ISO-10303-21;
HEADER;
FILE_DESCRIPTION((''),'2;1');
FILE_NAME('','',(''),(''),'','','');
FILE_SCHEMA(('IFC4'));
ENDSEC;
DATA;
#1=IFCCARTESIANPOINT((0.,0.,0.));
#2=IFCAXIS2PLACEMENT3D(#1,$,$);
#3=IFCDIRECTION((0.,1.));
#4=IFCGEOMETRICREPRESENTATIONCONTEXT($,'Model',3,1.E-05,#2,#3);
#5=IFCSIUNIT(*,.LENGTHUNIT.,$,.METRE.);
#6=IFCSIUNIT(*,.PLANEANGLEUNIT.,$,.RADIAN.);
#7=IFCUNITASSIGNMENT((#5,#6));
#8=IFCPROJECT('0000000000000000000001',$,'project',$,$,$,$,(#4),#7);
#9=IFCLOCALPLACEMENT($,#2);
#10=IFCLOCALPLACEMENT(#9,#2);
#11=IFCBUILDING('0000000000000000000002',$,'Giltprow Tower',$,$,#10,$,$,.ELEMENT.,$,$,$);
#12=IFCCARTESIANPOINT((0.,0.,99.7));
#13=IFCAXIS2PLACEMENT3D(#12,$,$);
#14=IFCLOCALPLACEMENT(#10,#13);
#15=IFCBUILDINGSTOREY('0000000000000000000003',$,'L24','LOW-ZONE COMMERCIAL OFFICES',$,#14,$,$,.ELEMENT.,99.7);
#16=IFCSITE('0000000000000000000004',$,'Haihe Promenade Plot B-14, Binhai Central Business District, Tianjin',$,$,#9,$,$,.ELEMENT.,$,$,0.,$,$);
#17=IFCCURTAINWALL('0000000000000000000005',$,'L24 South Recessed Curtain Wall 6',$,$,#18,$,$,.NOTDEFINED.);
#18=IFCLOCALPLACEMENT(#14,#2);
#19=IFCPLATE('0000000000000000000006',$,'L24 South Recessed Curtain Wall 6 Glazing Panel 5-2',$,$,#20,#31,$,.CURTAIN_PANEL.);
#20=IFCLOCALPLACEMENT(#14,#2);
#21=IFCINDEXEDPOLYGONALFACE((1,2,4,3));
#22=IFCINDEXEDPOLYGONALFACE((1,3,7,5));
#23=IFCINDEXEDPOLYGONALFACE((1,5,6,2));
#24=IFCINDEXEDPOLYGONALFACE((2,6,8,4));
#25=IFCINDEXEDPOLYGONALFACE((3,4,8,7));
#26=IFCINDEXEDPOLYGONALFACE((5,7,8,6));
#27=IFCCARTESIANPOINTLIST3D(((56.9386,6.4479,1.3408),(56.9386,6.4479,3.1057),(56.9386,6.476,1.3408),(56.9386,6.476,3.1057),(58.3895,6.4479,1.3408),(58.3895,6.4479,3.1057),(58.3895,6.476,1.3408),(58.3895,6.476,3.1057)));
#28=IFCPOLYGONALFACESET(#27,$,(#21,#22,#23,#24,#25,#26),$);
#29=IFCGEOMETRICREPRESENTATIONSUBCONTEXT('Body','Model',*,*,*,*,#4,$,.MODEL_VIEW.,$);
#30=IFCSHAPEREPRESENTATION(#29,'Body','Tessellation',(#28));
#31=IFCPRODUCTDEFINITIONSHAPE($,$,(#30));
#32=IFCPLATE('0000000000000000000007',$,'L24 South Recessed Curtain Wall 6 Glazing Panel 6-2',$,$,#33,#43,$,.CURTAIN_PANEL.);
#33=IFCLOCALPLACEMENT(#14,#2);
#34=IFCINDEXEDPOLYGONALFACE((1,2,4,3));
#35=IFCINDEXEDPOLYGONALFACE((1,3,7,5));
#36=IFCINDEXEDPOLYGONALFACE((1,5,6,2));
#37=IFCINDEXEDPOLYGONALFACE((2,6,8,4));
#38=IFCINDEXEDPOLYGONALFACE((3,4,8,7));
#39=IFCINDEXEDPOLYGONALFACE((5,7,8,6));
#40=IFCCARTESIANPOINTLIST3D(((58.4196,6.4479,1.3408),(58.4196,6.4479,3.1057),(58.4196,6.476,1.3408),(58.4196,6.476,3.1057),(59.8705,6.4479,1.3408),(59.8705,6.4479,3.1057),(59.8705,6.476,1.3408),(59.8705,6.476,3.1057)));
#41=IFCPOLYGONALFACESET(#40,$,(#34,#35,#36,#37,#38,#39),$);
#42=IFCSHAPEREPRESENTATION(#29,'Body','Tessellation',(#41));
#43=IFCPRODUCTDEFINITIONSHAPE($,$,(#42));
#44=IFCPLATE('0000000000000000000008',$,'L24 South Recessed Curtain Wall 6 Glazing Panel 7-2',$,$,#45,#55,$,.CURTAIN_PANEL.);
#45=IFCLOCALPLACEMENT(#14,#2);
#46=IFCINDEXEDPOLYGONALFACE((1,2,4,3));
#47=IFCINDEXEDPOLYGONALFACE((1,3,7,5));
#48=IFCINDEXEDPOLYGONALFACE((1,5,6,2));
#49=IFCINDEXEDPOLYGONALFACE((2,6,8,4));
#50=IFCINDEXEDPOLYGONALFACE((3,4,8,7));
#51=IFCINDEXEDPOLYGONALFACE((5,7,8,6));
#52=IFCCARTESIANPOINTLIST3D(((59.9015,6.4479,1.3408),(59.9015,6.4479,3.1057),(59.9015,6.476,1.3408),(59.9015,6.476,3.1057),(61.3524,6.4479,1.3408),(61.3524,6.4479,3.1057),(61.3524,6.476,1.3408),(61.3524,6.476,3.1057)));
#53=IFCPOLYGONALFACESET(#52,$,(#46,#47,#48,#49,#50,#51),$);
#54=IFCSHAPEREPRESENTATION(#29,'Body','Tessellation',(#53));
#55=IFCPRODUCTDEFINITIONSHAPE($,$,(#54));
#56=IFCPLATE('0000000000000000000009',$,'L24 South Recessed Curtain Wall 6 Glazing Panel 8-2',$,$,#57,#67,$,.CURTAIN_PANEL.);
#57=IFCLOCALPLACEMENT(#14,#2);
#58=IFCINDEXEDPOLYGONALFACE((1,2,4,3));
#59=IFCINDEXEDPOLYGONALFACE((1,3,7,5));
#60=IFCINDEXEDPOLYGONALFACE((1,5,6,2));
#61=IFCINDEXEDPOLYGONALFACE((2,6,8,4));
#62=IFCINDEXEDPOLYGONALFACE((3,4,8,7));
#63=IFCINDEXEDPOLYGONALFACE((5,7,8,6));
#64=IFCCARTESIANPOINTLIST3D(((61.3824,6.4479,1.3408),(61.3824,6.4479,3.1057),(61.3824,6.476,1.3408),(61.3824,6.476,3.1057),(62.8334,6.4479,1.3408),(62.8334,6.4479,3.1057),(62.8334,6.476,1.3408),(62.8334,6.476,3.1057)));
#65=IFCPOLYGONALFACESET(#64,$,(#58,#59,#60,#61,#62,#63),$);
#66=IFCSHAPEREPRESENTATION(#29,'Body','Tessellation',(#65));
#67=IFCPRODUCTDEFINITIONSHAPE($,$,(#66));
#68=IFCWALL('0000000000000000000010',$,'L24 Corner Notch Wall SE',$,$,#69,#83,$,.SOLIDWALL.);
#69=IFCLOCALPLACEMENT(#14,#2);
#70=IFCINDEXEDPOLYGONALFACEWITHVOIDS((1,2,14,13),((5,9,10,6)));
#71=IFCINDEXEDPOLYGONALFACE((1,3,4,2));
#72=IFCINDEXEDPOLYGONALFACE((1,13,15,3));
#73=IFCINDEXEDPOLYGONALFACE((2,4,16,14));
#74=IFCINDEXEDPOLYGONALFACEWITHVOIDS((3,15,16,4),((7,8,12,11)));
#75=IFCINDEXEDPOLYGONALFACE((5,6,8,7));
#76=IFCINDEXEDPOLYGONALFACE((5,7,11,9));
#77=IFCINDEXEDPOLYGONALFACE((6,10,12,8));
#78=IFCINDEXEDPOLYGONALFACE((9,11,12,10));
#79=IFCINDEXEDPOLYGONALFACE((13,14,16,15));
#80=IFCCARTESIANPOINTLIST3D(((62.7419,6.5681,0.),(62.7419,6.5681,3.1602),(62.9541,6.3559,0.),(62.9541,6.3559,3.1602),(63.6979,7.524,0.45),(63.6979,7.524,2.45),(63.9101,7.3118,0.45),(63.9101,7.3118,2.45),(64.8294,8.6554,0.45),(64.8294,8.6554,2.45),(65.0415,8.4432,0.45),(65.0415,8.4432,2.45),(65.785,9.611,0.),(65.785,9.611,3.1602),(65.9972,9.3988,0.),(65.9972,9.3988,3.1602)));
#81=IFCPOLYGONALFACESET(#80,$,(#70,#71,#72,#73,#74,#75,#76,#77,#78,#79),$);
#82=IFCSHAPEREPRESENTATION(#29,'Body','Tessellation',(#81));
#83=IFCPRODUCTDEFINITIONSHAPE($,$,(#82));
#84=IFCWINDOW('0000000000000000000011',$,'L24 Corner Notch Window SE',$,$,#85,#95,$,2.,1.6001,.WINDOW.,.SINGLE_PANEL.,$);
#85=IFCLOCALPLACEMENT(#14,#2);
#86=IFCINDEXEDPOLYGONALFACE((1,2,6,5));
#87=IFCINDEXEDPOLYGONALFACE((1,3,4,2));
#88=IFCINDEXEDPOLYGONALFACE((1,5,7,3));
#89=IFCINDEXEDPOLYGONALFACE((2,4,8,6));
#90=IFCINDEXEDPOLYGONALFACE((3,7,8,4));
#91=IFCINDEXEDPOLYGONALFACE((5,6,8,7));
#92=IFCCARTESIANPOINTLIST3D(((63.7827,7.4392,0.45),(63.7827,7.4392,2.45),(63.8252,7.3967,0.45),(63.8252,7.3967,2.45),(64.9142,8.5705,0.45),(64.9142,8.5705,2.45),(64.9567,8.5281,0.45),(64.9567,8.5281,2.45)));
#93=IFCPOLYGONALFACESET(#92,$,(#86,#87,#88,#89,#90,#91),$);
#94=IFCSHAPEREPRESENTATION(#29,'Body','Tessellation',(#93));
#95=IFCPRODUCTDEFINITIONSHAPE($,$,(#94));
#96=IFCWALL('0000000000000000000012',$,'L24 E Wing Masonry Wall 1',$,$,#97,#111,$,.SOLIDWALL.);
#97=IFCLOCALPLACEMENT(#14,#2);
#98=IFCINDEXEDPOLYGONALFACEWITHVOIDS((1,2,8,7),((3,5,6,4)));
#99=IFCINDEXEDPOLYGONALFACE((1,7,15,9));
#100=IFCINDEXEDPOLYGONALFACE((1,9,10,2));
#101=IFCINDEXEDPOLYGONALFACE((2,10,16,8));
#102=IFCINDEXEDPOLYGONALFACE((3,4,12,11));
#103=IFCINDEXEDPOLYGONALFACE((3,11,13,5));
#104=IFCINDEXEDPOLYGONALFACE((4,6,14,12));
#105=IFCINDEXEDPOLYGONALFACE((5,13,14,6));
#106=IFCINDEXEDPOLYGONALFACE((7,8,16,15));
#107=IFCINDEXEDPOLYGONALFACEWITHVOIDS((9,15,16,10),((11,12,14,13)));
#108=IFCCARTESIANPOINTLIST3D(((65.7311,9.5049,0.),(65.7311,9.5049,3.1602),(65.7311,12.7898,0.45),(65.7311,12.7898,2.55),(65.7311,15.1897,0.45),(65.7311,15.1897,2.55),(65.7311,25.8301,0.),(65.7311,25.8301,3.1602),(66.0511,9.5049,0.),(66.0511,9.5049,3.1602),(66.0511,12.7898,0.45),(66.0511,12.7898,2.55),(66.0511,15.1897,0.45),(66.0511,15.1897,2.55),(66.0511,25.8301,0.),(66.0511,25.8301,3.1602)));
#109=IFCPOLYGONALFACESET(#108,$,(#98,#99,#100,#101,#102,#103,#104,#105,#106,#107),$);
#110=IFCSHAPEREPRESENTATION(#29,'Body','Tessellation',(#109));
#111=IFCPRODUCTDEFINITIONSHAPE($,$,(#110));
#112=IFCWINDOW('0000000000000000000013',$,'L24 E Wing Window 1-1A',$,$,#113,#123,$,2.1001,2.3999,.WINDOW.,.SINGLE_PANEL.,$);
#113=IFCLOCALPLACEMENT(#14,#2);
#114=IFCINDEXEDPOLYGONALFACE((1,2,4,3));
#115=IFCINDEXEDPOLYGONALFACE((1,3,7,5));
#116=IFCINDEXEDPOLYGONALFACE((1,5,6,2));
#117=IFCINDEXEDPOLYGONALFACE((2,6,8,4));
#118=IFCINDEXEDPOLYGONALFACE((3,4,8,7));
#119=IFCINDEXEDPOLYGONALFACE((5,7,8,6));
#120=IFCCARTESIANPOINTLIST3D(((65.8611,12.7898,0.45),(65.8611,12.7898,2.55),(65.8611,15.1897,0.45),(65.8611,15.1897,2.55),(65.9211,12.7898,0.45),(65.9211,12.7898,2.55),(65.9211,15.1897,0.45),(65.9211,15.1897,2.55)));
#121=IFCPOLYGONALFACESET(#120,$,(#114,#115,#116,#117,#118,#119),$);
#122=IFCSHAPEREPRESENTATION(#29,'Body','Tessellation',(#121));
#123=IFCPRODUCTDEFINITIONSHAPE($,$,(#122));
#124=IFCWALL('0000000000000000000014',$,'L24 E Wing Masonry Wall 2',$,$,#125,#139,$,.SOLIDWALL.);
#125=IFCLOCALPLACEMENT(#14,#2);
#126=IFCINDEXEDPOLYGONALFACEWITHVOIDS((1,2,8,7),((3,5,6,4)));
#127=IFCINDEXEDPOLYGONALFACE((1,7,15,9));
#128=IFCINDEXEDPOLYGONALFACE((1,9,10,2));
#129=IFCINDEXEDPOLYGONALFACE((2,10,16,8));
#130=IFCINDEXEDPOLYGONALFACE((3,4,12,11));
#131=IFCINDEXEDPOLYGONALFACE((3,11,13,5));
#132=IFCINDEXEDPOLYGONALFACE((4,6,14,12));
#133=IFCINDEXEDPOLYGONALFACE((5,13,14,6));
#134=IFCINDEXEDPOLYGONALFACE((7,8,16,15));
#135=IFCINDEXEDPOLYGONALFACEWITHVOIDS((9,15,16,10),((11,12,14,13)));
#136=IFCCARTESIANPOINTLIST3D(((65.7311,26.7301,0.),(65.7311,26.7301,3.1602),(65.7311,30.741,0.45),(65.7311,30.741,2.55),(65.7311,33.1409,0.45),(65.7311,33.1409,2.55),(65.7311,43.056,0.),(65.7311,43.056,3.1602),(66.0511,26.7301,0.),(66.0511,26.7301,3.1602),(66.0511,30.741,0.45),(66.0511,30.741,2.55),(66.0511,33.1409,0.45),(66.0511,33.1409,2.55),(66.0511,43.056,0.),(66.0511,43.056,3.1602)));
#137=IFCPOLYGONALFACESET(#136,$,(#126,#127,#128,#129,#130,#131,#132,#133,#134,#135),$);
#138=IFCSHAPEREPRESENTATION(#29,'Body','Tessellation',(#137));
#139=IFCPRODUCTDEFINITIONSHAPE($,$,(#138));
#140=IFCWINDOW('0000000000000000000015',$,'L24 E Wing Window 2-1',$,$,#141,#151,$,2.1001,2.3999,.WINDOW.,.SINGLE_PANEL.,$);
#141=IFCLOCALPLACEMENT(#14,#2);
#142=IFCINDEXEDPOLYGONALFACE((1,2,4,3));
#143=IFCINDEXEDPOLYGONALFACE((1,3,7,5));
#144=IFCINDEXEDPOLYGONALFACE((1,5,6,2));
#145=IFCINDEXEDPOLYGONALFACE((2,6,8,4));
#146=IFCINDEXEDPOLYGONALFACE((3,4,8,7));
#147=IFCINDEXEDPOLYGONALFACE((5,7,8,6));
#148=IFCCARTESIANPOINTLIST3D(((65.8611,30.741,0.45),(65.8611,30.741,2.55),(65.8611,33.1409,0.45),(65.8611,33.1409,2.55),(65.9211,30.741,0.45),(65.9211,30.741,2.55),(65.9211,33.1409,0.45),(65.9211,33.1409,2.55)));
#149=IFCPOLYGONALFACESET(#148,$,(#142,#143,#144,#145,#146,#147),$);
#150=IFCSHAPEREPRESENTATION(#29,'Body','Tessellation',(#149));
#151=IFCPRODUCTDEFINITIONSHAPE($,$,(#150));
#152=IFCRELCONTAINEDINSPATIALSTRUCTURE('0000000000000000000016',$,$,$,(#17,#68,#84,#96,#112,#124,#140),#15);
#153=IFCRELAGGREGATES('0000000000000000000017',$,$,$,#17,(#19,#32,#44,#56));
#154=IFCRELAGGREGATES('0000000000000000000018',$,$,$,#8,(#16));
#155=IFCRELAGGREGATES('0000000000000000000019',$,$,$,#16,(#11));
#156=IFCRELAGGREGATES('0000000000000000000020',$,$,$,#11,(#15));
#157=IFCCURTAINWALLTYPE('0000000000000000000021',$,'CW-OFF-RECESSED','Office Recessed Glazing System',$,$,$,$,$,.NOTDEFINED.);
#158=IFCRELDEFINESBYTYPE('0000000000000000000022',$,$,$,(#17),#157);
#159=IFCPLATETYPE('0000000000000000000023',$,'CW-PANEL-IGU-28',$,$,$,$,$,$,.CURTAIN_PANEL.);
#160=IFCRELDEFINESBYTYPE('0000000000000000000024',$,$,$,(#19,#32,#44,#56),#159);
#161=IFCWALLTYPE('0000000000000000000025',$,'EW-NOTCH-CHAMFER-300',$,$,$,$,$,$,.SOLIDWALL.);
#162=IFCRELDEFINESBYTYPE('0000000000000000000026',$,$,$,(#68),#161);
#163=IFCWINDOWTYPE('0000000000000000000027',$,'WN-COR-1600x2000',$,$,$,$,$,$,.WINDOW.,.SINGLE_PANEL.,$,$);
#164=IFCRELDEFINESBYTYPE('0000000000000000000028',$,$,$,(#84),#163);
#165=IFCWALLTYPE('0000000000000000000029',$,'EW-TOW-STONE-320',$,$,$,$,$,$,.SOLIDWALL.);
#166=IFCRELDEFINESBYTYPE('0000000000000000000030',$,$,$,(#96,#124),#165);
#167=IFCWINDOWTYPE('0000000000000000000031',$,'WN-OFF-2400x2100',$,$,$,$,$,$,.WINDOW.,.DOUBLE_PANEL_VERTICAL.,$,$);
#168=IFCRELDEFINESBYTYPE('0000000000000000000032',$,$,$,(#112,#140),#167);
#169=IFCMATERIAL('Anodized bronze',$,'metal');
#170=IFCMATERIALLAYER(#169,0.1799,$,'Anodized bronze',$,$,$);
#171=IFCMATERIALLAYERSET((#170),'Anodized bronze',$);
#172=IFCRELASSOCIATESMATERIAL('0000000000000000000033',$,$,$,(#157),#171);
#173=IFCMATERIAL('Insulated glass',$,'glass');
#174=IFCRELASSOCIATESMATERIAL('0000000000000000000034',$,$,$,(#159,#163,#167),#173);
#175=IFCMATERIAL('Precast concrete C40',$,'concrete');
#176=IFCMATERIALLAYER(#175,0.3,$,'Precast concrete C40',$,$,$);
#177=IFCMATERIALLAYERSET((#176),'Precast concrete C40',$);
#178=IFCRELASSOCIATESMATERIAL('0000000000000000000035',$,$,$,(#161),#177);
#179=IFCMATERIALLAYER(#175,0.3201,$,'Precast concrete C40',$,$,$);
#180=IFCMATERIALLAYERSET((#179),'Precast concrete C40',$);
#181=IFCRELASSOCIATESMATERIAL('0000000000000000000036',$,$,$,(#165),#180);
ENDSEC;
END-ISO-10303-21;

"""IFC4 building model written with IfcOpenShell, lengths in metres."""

from ifc_helpers import new_model, si_unit, direction, frame, frame_2d, origin, origin_2d, place, context, subcontext, project, spatial, rectangle, extrude, source, transform, mapped, material, layer, layer_set, type_object, element, fill, aggregate, save


model = new_model("IFC4")

# Units and contexts
model_context = context("Model", 3, precision=1e-05, world=origin(), true_north=direction((0.0, 1.0)))
body_context = subcontext(model_context, "Body", "Model", "MODEL_VIEW")
ifc_project = project(units=[si_unit("LENGTHUNIT", "METRE"), si_unit("PLANEANGLEUNIT", "RADIAN")], contexts=[model_context])

# Site, building, storey
site_placement = place(None, origin())
site = spatial("IfcSite", under=ifc_project, at=site_placement, Name="Haihe Promenade Plot B-14, Binhai Central Business District, Tianjin", CompositionType="ELEMENT", RefElevation=0.0)
building_placement = place(site_placement, origin())
building = spatial("IfcBuilding", under=site, at=building_placement, Name="Giltprow Tower", CompositionType="ELEMENT")
storey_placement = place(building_placement, frame((0.0, 0.0, 99.7)))
storey = spatial("IfcBuildingStorey", under=building, at=storey_placement, Name="L24", Description="LOW-ZONE COMMERCIAL OFFICES", CompositionType="ELEMENT", Elevation=99.7)

# Curtain wall, plates
ifc_material_1 = material(Name="Anodized bronze", Category="metal")
ifc_layer_1 = layer(ifc_material_1, 0.1799, Name="Anodized bronze")
ifc_layer_set_1 = layer_set([ifc_layer_1], Name="Anodized bronze")
curtain_wall_type = type_object("IfcCurtainWallType", Name="CW-OFF-RECESSED", Description="Office Recessed Glazing System", PredefinedType="NOTDEFINED", material=ifc_layer_set_1)
curtain_wall_placement = place(storey_placement, origin())
curtain_wall = element("IfcCurtainWall", 1, at=curtain_wall_placement, inside=storey, type_object=curtain_wall_type, Name="L24 South Recessed Curtain Wall 6", PredefinedType="NOTDEFINED")
ifc_material_2 = material(Name="Insulated glass", Category="glass")
plate_type = type_object("IfcPlateType", Name="CW-PANEL-IGU-28", PredefinedType="CURTAIN_PANEL", material=ifc_material_2)
shared_shape_1 = source(origin(), body_context, "Body", "SweptSolid", [
    extrude(rectangle(XDim=1.4509, YDim=0.0281, at=origin_2d()), origin(), (0.0, 0.0, 1.0), 1.7649),
])
plate_1_placement = place(storey_placement, frame((57.6641, 6.4619, 1.3408), z_axis=(0.0, 0.0, 1.0), x_axis=(1.0, 0.0, 0.0)))
plate_1 = element("IfcPlate", 2, at=plate_1_placement, type_object=plate_type, Name="L24 South Recessed Curtain Wall 6 Glazing Panel 5-2", PredefinedType="CURTAIN_PANEL", context=body_context, shape_type="MappedRepresentation", body=[
    mapped(shared_shape_1, transform((0.0, 0.0, 0.0), x_axis=(1.0, 0.0, 0.0), y_axis=(0.0, 1.0, 0.0), z_axis=(0.0, 0.0, 1.0), scale=1.0)),
])
plate_2_placement = place(storey_placement, frame((59.145, 6.4619, 1.3408), z_axis=(0.0, 0.0, 1.0), x_axis=(1.0, 0.0, 0.0)))
plate_2 = element("IfcPlate", 3, at=plate_2_placement, type_object=plate_type, Name="L24 South Recessed Curtain Wall 6 Glazing Panel 6-2", PredefinedType="CURTAIN_PANEL", context=body_context, shape_type="MappedRepresentation", body=[
    mapped(shared_shape_1, transform((0.0, 0.0, 0.0), x_axis=(1.0, 0.0, 0.0), y_axis=(0.0, 1.0, 0.0), z_axis=(0.0, 0.0, 1.0), scale=1.0)),
])
plate_3_placement = place(storey_placement, frame((60.627, 6.4619, 1.3408), z_axis=(0.0, 0.0, 1.0), x_axis=(1.0, 0.0, 0.0)))
plate_3 = element("IfcPlate", 4, at=plate_3_placement, type_object=plate_type, Name="L24 South Recessed Curtain Wall 6 Glazing Panel 7-2", PredefinedType="CURTAIN_PANEL", context=body_context, shape_type="MappedRepresentation", body=[
    mapped(shared_shape_1, transform((0.0, 0.0, 0.0), x_axis=(1.0, 0.0, 0.0), y_axis=(0.0, 1.0, 0.0), z_axis=(0.0, 0.0, 1.0), scale=1.0)),
])
plate_4_placement = place(storey_placement, frame((62.1079, 6.4619, 1.3408), z_axis=(0.0, 0.0, 1.0), x_axis=(1.0, 0.0, 0.0)))
plate_4 = element("IfcPlate", 5, at=plate_4_placement, type_object=plate_type, Name="L24 South Recessed Curtain Wall 6 Glazing Panel 8-2", PredefinedType="CURTAIN_PANEL", context=body_context, shape_type="MappedRepresentation", body=[
    mapped(shared_shape_1, transform((0.0, 0.0, 0.0), x_axis=(1.0, 0.0, 0.0), y_axis=(0.0, 1.0, 0.0), z_axis=(0.0, 0.0, 1.0), scale=1.0)),
])
aggregate(curtain_wall, [plate_1, plate_2, plate_3, plate_4])

# Walls, openings, windows
ifc_material_3 = material(Name="Precast concrete C40", Category="concrete")
ifc_layer_2 = layer(ifc_material_3, 0.3, Name="Precast concrete C40")
ifc_layer_set_2 = layer_set([ifc_layer_2], Name="Precast concrete C40")
wall_type_1 = type_object("IfcWallType", Name="EW-NOTCH-CHAMFER-300", PredefinedType="SOLIDWALL", material=ifc_layer_set_2)
wall_1_placement = place(storey_placement, frame((62.8479, 6.4619, 0.0), z_axis=(0.0, 0.0, 1.0), x_axis=(0.707135, 0.707078, 0.0)))
wall_1 = element("IfcWall", 6, at=wall_1_placement, inside=storey, type_object=wall_type_1, Name="L24 Corner Notch Wall SE", PredefinedType="SOLIDWALL", context=body_context, shape_type="SweptSolid", body=[
    extrude(rectangle(XDim=4.3035, YDim=0.3, at=frame_2d((2.1519, 0.0))), origin(), (0.0, 0.0, 1.0), 3.1602),
])
opening_1_placement = place(wall_1_placement, frame((1.3521, 0.0, 0.45)))
opening_1 = element("IfcOpeningElement", 7, at=opening_1_placement, cuts=wall_1, PredefinedType="OPENING", context=body_context, shape_type="SweptSolid", body=[
    extrude(rectangle(XDim=1.6001, YDim=2.0, at=frame_2d((0.8, 1.0))), frame((0.0, 0.1599, 0.0), z_axis=(0.0, -1.0, 0.0), x_axis=(1.0, 0.0, 0.0)), (0.0, 0.0, 1.0), 0.3201),
])
window_type_1 = type_object("IfcWindowType", Name="WN-COR-1600x2000", PartitioningType="SINGLE_PANEL", PredefinedType="WINDOW", material=ifc_material_2)
shared_shape_2 = source(origin(), body_context, "Body", "SweptSolid", [
    extrude(rectangle(XDim=1.6001, YDim=2.0, at=frame_2d((0.8, 1.0))), frame((0.0, 0.03, 0.0), z_axis=(0.0, -1.0, 0.0), x_axis=(1.0, 0.0, 0.0)), (0.0, 0.0, 1.0), 0.0601),
])
window_1_placement = place(opening_1_placement, origin())
window_1 = element("IfcWindow", 8, at=window_1_placement, inside=storey, type_object=window_type_1, Name="L24 Corner Notch Window SE", OverallHeight=2.0, OverallWidth=1.6001, PartitioningType="SINGLE_PANEL", PredefinedType="WINDOW", context=body_context, shape_type="MappedRepresentation", body=[
    mapped(shared_shape_2, transform((0.0, 0.0, 0.0), x_axis=(1.0, 0.0, 0.0), y_axis=(0.0, 1.0, 0.0), z_axis=(0.0, 0.0, 1.0), scale=1.0)),
])
fill(opening_1, window_1)
ifc_layer_3 = layer(ifc_material_3, 0.3201, Name="Precast concrete C40")
ifc_layer_set_3 = layer_set([ifc_layer_3], Name="Precast concrete C40")
wall_type_2 = type_object("IfcWallType", Name="EW-TOW-STONE-320", PredefinedType="SOLIDWALL", material=ifc_layer_set_3)
wall_2_placement = place(storey_placement, frame((65.8911, 9.5049, 0.0), z_axis=(0.0, 0.0, 1.0), x_axis=(0.0, 1.0, 0.0)))
wall_2 = element("IfcWall", 9, at=wall_2_placement, inside=storey, type_object=wall_type_2, Name="L24 E Wing Masonry Wall 1", PredefinedType="SOLIDWALL", context=body_context, shape_type="SweptSolid", body=[
    extrude(rectangle(XDim=16.3252, YDim=0.3201, at=frame_2d((8.1626, 0.0))), origin(), (0.0, 0.0, 1.0), 3.1602),
])
opening_2_placement = place(wall_2_placement, frame((3.2849, 0.0, 0.45)))
opening_2 = element("IfcOpeningElement", 10, at=opening_2_placement, cuts=wall_2, PredefinedType="OPENING", context=body_context, shape_type="SweptSolid", body=[
    extrude(rectangle(XDim=2.3999, YDim=2.1001, at=frame_2d((1.2, 1.05))), frame((0.0, 0.1699, 0.0), z_axis=(0.0, -1.0, 0.0), x_axis=(1.0, 0.0, 0.0)), (0.0, 0.0, 1.0), 0.3401),
])
window_type_2 = type_object("IfcWindowType", Name="WN-OFF-2400x2100", PartitioningType="DOUBLE_PANEL_VERTICAL", PredefinedType="WINDOW", material=ifc_material_2)
shared_shape_3 = source(origin(), body_context, "Body", "SweptSolid", [
    extrude(rectangle(XDim=2.3999, YDim=2.1001, at=frame_2d((1.2, 1.05))), frame((0.0, 0.03, 0.0), z_axis=(0.0, -1.0, 0.0), x_axis=(1.0, 0.0, 0.0)), (0.0, 0.0, 1.0), 0.0601),
])
window_2_placement = place(opening_2_placement, origin())
window_2 = element("IfcWindow", 11, at=window_2_placement, inside=storey, type_object=window_type_2, Name="L24 E Wing Window 1-1A", OverallHeight=2.1001, OverallWidth=2.3999, PartitioningType="SINGLE_PANEL", PredefinedType="WINDOW", context=body_context, shape_type="MappedRepresentation", body=[
    mapped(shared_shape_3, transform((0.0, 0.0, 0.0), x_axis=(1.0, 0.0, 0.0), y_axis=(0.0, 1.0, 0.0), z_axis=(0.0, 0.0, 1.0), scale=1.0)),
])
fill(opening_2, window_2)
wall_3_placement = place(storey_placement, frame((65.8911, 26.73, 0.0), z_axis=(0.0, 0.0, 1.0), x_axis=(0.0, 1.0, 0.0)))
wall_3 = element("IfcWall", 12, at=wall_3_placement, inside=storey, type_object=wall_type_2, Name="L24 E Wing Masonry Wall 2", PredefinedType="SOLIDWALL", context=body_context, shape_type="SweptSolid", body=[
    extrude(rectangle(XDim=16.3259, YDim=0.3201, at=frame_2d((8.1631, 0.0))), origin(), (0.0, 0.0, 1.0), 3.1602),
])
opening_3_placement = place(wall_3_placement, frame((4.011, 0.0, 0.45)))
opening_3 = element("IfcOpeningElement", 13, at=opening_3_placement, cuts=wall_3, PredefinedType="OPENING", context=body_context, shape_type="SweptSolid", body=[
    extrude(rectangle(XDim=2.3999, YDim=2.1001, at=frame_2d((1.2, 1.05))), frame((0.0, 0.1699, 0.0), z_axis=(0.0, -1.0, 0.0), x_axis=(1.0, 0.0, 0.0)), (0.0, 0.0, 1.0), 0.3401),
])
window_3_placement = place(opening_3_placement, origin())
window_3 = element("IfcWindow", 14, at=window_3_placement, inside=storey, type_object=window_type_2, Name="L24 E Wing Window 2-1", OverallHeight=2.1001, OverallWidth=2.3999, PartitioningType="SINGLE_PANEL", PredefinedType="WINDOW", context=body_context, shape_type="MappedRepresentation", body=[
    mapped(shared_shape_3, transform((0.0, 0.0, 0.0), x_axis=(1.0, 0.0, 0.0), y_axis=(0.0, 1.0, 0.0), z_axis=(0.0, 0.0, 1.0), scale=1.0)),
])
fill(opening_3, window_3)

save(model, "model.ifc")
